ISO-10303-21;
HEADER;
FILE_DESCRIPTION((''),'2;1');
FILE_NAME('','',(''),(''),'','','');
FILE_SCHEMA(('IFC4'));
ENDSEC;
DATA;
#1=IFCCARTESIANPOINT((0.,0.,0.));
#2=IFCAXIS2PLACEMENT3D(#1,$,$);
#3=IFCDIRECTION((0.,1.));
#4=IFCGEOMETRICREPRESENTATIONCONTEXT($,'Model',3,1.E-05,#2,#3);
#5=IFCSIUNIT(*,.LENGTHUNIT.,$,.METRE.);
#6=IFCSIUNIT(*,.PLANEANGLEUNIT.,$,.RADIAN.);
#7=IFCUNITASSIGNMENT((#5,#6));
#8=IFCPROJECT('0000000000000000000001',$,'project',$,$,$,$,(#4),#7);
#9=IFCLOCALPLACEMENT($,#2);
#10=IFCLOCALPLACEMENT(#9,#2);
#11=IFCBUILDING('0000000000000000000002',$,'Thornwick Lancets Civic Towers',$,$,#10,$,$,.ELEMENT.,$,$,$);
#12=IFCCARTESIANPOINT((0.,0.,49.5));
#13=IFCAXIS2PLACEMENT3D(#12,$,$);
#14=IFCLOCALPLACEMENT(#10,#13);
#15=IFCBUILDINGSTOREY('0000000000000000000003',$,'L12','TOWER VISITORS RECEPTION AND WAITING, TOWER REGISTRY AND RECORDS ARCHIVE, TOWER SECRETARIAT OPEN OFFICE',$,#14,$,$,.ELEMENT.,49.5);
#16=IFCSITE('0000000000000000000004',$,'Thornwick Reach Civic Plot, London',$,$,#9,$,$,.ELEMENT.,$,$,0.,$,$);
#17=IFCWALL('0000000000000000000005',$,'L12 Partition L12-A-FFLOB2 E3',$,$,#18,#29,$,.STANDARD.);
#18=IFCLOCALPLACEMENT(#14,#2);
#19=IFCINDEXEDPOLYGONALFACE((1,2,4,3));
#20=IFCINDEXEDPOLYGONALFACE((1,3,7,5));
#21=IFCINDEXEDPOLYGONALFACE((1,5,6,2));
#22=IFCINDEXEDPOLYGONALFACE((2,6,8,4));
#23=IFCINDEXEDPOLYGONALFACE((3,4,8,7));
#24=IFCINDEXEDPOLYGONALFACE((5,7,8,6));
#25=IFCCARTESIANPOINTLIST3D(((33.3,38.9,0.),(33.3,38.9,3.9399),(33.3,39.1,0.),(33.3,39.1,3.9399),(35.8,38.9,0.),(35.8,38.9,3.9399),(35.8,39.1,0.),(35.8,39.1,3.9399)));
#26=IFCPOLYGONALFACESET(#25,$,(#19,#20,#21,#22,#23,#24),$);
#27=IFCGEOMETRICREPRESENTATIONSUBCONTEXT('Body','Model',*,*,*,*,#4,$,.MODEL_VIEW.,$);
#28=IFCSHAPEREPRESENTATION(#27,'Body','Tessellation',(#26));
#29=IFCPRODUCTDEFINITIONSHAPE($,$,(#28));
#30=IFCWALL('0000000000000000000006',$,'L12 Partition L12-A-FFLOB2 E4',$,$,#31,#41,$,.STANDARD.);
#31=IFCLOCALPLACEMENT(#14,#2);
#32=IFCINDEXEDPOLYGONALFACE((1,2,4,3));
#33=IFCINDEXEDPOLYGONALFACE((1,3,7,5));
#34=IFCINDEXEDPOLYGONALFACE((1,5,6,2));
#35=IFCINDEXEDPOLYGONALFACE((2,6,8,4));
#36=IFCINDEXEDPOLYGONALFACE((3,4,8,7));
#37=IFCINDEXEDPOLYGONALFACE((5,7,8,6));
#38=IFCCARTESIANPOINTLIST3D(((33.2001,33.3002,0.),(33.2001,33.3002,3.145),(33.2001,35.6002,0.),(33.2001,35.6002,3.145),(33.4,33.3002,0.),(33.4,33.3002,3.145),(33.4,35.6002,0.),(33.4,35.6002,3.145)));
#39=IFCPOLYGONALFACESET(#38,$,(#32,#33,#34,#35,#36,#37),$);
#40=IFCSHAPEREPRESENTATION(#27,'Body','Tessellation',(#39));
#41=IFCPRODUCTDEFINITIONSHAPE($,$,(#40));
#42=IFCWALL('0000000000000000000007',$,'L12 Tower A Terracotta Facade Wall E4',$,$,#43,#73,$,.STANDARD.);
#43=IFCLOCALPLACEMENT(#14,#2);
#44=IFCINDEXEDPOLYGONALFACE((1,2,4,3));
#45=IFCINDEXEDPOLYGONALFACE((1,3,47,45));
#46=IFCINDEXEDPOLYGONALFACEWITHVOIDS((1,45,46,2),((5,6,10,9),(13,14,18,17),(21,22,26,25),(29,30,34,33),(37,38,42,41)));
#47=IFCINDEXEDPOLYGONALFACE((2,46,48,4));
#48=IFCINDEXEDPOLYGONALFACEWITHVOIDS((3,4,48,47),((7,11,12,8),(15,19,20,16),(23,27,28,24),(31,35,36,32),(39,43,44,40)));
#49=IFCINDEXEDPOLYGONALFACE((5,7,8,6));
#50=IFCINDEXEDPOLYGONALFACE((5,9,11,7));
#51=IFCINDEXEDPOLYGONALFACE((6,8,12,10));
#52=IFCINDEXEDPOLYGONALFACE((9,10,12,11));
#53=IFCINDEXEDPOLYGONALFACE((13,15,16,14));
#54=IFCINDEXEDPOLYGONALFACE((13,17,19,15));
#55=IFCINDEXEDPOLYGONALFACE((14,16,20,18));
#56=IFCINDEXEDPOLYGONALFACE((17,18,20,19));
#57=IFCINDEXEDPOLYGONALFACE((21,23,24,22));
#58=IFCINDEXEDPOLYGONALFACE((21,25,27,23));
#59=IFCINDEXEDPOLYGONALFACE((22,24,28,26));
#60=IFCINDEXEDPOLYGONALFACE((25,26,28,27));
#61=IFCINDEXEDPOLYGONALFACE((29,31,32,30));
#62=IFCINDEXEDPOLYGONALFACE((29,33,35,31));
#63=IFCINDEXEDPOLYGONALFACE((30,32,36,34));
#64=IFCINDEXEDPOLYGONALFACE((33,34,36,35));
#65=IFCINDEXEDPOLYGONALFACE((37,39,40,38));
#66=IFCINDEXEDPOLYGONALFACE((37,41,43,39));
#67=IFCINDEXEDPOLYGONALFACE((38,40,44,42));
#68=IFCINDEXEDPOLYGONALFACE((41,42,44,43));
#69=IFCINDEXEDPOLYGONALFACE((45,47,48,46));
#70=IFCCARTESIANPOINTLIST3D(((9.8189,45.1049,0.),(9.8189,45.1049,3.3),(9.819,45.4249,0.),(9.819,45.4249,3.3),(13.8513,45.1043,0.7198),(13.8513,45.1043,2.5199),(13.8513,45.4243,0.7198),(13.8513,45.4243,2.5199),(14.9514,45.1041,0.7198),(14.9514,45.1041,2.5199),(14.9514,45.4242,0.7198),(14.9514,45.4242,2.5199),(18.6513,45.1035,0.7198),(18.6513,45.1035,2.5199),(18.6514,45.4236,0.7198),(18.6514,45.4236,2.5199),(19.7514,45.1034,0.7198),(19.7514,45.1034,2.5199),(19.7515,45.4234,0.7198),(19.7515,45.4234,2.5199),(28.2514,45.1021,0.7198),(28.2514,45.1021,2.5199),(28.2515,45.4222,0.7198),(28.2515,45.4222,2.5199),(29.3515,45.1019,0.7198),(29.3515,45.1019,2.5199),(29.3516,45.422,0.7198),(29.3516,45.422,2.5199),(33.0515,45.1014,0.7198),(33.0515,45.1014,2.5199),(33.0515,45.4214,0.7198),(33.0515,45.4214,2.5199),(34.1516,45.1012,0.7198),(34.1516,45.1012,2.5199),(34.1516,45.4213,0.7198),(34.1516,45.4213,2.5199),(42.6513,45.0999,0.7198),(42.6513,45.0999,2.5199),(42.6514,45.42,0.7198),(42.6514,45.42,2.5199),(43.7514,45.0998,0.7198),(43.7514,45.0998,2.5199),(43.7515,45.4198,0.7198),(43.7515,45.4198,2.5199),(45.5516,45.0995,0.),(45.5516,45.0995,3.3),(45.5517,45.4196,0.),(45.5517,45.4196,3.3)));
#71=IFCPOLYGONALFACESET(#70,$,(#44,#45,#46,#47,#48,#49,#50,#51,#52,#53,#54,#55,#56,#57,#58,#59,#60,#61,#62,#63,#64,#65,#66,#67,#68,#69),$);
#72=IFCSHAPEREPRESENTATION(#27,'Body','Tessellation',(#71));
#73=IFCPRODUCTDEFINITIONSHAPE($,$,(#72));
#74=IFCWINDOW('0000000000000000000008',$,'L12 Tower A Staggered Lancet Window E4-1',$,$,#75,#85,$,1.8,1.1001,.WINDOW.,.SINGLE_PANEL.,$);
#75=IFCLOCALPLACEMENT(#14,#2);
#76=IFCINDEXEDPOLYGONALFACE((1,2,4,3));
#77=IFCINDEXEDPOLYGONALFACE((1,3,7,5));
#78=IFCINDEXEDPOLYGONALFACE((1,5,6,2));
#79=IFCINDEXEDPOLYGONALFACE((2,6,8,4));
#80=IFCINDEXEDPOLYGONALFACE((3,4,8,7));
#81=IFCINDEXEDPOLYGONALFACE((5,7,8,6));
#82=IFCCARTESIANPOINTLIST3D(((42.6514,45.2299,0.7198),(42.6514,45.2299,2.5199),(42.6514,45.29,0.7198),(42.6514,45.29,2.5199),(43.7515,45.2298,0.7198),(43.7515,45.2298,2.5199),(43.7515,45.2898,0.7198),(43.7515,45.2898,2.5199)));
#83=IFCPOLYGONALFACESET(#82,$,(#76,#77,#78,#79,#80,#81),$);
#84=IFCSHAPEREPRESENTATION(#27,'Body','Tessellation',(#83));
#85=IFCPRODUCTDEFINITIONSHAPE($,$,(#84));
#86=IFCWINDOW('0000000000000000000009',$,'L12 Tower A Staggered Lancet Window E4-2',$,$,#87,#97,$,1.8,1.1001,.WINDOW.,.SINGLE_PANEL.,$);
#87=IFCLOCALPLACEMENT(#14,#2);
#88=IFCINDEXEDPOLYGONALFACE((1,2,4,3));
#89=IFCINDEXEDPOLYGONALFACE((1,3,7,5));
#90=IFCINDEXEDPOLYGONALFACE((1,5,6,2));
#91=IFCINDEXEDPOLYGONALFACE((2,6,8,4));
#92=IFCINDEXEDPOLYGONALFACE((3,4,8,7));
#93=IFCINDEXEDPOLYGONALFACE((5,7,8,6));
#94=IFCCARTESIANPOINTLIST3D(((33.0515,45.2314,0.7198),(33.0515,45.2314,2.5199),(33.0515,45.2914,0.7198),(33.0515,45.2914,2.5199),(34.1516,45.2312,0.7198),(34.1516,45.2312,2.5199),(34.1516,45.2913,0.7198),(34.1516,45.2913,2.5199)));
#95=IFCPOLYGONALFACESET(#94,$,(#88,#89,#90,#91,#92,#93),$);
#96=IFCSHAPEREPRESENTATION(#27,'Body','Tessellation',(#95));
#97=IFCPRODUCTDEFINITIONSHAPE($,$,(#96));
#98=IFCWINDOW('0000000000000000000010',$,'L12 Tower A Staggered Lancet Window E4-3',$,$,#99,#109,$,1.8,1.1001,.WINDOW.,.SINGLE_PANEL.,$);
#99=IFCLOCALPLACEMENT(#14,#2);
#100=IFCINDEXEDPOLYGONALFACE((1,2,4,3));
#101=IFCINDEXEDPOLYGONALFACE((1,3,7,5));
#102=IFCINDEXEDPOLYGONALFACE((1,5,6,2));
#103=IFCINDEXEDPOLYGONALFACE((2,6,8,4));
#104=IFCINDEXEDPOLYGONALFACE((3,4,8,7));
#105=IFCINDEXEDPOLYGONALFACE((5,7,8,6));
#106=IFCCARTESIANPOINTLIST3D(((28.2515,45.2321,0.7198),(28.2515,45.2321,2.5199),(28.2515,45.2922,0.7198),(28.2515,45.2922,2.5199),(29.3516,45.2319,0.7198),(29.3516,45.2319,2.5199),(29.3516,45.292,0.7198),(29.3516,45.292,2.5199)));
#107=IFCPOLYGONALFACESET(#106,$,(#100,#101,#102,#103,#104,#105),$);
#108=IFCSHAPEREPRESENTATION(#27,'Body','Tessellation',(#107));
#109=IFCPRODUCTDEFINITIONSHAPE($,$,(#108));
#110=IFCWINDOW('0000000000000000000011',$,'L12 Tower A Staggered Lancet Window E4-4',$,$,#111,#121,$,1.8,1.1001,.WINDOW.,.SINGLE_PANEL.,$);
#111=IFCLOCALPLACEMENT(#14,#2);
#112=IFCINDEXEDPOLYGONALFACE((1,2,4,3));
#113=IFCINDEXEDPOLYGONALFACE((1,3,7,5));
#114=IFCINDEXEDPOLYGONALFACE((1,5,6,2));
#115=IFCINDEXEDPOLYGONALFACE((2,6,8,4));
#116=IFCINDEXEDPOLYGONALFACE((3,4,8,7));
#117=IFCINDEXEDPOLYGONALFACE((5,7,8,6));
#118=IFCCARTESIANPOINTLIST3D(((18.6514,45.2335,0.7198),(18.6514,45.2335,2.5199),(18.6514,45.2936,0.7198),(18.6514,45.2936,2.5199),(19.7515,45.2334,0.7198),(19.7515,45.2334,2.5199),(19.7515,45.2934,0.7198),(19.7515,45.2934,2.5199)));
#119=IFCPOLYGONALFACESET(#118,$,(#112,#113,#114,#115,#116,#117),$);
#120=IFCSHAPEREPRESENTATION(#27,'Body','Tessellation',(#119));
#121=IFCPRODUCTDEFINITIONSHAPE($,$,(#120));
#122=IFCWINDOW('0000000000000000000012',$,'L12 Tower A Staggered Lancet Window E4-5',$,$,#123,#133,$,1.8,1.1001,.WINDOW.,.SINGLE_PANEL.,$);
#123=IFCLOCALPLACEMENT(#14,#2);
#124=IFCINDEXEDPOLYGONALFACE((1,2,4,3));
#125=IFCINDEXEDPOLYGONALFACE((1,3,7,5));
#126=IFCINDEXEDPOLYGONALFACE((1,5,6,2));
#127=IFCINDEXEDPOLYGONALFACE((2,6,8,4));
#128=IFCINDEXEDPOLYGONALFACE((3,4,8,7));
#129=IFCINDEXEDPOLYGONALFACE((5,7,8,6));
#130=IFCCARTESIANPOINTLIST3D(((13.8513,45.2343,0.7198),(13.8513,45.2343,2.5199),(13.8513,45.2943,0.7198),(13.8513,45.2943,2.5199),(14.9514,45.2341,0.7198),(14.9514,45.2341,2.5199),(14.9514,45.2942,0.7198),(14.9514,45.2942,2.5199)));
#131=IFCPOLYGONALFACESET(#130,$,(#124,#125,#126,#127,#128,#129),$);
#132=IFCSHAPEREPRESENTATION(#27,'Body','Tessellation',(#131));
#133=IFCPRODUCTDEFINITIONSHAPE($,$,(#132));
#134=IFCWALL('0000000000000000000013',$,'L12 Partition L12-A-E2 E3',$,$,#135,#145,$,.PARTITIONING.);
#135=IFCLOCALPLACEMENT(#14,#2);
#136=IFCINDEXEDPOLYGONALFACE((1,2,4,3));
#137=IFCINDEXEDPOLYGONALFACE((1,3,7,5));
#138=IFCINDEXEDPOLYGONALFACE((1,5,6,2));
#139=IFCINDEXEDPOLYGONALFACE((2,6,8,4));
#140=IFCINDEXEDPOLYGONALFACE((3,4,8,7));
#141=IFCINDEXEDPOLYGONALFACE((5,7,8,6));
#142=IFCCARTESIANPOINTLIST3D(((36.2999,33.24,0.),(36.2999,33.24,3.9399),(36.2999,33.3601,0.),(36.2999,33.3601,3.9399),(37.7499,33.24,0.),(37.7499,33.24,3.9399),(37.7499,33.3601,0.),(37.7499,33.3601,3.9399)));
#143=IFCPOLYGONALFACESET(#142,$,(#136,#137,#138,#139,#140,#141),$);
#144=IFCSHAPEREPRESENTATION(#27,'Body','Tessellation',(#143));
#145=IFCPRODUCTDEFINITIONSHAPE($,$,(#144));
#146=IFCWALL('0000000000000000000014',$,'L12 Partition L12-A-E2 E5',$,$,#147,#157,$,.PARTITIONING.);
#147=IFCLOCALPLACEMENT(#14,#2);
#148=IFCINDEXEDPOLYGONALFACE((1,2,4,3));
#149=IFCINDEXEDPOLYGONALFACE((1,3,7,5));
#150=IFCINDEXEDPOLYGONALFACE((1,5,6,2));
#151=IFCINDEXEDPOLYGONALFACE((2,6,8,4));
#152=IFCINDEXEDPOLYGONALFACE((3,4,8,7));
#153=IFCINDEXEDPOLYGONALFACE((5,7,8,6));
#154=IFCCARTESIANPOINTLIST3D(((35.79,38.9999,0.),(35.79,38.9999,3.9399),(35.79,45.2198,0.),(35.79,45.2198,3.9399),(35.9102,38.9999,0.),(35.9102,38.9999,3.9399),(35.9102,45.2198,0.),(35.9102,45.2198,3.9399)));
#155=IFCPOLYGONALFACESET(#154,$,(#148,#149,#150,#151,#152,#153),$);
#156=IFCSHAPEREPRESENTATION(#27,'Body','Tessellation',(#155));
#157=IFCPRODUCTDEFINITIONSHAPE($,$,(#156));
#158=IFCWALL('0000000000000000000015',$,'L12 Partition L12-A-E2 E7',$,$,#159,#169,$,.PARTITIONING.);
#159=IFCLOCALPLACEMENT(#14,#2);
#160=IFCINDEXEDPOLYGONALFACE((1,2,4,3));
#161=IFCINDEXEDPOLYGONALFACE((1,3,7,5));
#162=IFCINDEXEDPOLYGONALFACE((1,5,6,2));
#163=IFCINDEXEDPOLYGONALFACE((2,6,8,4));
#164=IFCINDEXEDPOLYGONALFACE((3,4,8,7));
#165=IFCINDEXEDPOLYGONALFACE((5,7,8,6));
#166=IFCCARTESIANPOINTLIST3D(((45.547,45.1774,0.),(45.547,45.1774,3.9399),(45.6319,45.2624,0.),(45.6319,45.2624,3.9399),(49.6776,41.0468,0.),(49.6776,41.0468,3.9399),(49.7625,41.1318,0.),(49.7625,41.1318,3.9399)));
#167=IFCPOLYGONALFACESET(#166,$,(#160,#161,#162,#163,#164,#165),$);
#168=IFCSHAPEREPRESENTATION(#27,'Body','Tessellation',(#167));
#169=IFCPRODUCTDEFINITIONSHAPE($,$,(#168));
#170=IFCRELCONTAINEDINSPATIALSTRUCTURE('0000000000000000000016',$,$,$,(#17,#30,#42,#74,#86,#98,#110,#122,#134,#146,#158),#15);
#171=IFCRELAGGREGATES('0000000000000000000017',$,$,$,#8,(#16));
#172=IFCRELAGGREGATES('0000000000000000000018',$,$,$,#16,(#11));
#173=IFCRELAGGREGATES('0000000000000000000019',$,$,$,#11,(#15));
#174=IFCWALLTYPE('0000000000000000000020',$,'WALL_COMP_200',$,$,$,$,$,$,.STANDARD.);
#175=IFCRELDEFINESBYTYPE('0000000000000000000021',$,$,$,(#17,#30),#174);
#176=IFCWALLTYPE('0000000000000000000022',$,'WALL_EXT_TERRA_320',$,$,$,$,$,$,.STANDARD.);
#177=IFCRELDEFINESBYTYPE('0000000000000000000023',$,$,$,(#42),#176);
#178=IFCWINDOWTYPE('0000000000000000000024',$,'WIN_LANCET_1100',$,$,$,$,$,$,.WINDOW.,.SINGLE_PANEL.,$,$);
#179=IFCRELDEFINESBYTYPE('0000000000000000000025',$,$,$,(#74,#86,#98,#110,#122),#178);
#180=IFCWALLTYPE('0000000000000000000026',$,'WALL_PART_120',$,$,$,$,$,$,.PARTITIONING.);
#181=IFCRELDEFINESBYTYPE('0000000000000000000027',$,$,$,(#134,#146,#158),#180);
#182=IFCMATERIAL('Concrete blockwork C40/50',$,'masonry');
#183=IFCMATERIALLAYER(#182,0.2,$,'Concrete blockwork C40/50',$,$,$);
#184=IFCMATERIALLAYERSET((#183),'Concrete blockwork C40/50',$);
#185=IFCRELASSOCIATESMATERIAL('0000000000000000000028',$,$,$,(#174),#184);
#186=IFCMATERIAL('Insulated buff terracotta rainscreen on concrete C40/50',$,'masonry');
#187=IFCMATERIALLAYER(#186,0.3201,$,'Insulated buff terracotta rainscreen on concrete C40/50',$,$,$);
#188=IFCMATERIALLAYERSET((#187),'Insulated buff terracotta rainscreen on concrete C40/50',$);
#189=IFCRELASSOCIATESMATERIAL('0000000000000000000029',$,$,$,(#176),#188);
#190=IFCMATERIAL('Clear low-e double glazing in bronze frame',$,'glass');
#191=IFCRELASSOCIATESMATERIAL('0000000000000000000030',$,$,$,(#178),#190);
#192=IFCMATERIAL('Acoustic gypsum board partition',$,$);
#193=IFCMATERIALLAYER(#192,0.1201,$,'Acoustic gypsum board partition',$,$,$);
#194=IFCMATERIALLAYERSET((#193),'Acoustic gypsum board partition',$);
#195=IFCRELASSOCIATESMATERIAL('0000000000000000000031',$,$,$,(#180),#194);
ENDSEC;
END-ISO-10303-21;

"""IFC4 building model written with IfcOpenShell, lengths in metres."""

from ifc_helpers import new_model, si_unit, direction, frame, frame_2d, origin, place, context, subcontext, project, spatial, rectangle, extrude, material, layer, layer_set, type_object, element, fill, save


model = new_model("IFC4")

# Units and contexts
model_context = context("Model", 3, precision=1e-05, world=origin(), true_north=direction((0.0, 1.0)))
body_context = subcontext(model_context, "Body", "Model", "MODEL_VIEW")
ifc_project = project(units=[si_unit("LENGTHUNIT", "METRE"), si_unit("PLANEANGLEUNIT", "RADIAN")], contexts=[model_context])

# Site, building, storey
site_placement = place(None, origin())
site = spatial("IfcSite", under=ifc_project, at=site_placement, Name="Thornwick Reach Civic Plot, London", CompositionType="ELEMENT", RefElevation=0.0)
building_placement = place(site_placement, origin())
building = spatial("IfcBuilding", under=site, at=building_placement, Name="Thornwick Lancets Civic Towers", CompositionType="ELEMENT")
storey_placement = place(building_placement, frame((0.0, 0.0, 49.5)))
storey = spatial("IfcBuildingStorey", under=building, at=storey_placement, Name="L12", Description="TOWER VISITORS RECEPTION AND WAITING, TOWER REGISTRY AND RECORDS ARCHIVE, TOWER SECRETARIAT OPEN OFFICE", CompositionType="ELEMENT", Elevation=49.5)

# Walls
ifc_material_1 = material(Name="Concrete blockwork C40/50", Category="masonry")
ifc_layer_1 = layer(ifc_material_1, 0.2, Name="Concrete blockwork C40/50")
ifc_layer_set_1 = layer_set([ifc_layer_1], Name="Concrete blockwork C40/50")
wall_type_1 = type_object("IfcWallType", Name="WALL_COMP_200", PredefinedType="STANDARD", material=ifc_layer_set_1)
wall_1_placement = place(storey_placement, frame((35.8, 39.0, 0.0), z_axis=(0.0, 0.0, 1.0), x_axis=(-1.0, 0.0, 0.0)))
element("IfcWall", 1, at=wall_1_placement, inside=storey, type_object=wall_type_1, Name="L12 Partition L12-A-FFLOB2 E3", PredefinedType="STANDARD", context=body_context, shape_type="SweptSolid", body=[
    extrude(rectangle(XDim=2.5, YDim=0.2, at=frame_2d((1.25, 0.0))), origin(), (0.0, 0.0, 1.0), 3.9399),
])
wall_2_placement = place(storey_placement, frame((33.3, 35.6001, 0.0), z_axis=(0.0, 0.0, 1.0), x_axis=(0.0, -1.0, 0.0)))
element("IfcWall", 2, at=wall_2_placement, inside=storey, type_object=wall_type_1, Name="L12 Partition L12-A-FFLOB2 E4", PredefinedType="STANDARD", context=body_context, shape_type="SweptSolid", body=[
    extrude(rectangle(XDim=2.3, YDim=0.2, at=frame_2d((1.1499, 0.0))), origin(), (0.0, 0.0, 1.0), 3.145),
])

# Wall, openings, windows
ifc_material_2 = material(Name="Insulated buff terracotta rainscreen on concrete C40/50", Category="masonry")
ifc_layer_2 = layer(ifc_material_2, 0.3201, Name="Insulated buff terracotta rainscreen on concrete C40/50")
ifc_layer_set_2 = layer_set([ifc_layer_2], Name="Insulated buff terracotta rainscreen on concrete C40/50")
wall_type_2 = type_object("IfcWallType", Name="WALL_EXT_TERRA_320", PredefinedType="STANDARD", material=ifc_layer_set_2)
wall_3_placement = place(storey_placement, frame((45.5515, 45.2595, 0.0), z_axis=(0.0, 0.0, 1.0), x_axis=(-1.0, 0.00015, 0.0)))
wall_3 = element("IfcWall", 3, at=wall_3_placement, inside=storey, type_object=wall_type_2, Name="L12 Tower A Terracotta Facade Wall E4", PredefinedType="STANDARD", context=body_context, shape_type="SweptSolid", body=[
    extrude(rectangle(XDim=35.7327, YDim=0.3201, at=frame_2d((17.8662, 0.0))), origin(), (0.0, 0.0, 1.0), 3.3),
])
opening_1_placement = place(wall_3_placement, frame((1.8, 0.0, 0.72)))
opening_1 = element("IfcOpeningElement", 4, at=opening_1_placement, cuts=wall_3, PredefinedType="OPENING", context=body_context, shape_type="SweptSolid", body=[
    extrude(rectangle(XDim=1.1001, YDim=1.8, at=frame_2d((0.55, 0.8999))), frame((0.0, 0.1699, 0.0), z_axis=(0.0, -1.0, 0.0), x_axis=(1.0, 0.0, 0.0)), (0.0, 0.0, 1.0), 0.3401),
])
opening_2_placement = place(wall_3_placement, frame((11.3999, 0.0, 0.72)))
opening_2 = element("IfcOpeningElement", 5, at=opening_2_placement, cuts=wall_3, PredefinedType="OPENING", context=body_context, shape_type="SweptSolid", body=[
    extrude(rectangle(XDim=1.1001, YDim=1.8, at=frame_2d((0.55, 0.8999))), frame((0.0, 0.1699, 0.0), z_axis=(0.0, -1.0, 0.0), x_axis=(1.0, 0.0, 0.0)), (0.0, 0.0, 1.0), 0.3401),
])
opening_3_placement = place(wall_3_placement, frame((16.2, 0.0, 0.72)))
opening_3 = element("IfcOpeningElement", 6, at=opening_3_placement, cuts=wall_3, PredefinedType="OPENING", context=body_context, shape_type="SweptSolid", body=[
    extrude(rectangle(XDim=1.1001, YDim=1.8, at=frame_2d((0.55, 0.8999))), frame((0.0, 0.1699, 0.0), z_axis=(0.0, -1.0, 0.0), x_axis=(1.0, 0.0, 0.0)), (0.0, 0.0, 1.0), 0.3401),
])
opening_4_placement = place(wall_3_placement, frame((25.8, 0.0, 0.72)))
opening_4 = element("IfcOpeningElement", 7, at=opening_4_placement, cuts=wall_3, PredefinedType="OPENING", context=body_context, shape_type="SweptSolid", body=[
    extrude(rectangle(XDim=1.1001, YDim=1.8, at=frame_2d((0.55, 0.8999))), frame((0.0, 0.1699, 0.0), z_axis=(0.0, -1.0, 0.0), x_axis=(1.0, 0.0, 0.0)), (0.0, 0.0, 1.0), 0.3401),
])
opening_5_placement = place(wall_3_placement, frame((30.6001, 0.0, 0.72)))
opening_5 = element("IfcOpeningElement", 8, at=opening_5_placement, cuts=wall_3, PredefinedType="OPENING", context=body_context, shape_type="SweptSolid", body=[
    extrude(rectangle(XDim=1.1001, YDim=1.8, at=frame_2d((0.55, 0.8999))), frame((0.0, 0.1699, 0.0), z_axis=(0.0, -1.0, 0.0), x_axis=(1.0, 0.0, 0.0)), (0.0, 0.0, 1.0), 0.3401),
])
ifc_material_3 = material(Name="Clear low-e double glazing in bronze frame", Category="glass")
window_type = type_object("IfcWindowType", Name="WIN_LANCET_1100", PartitioningType="SINGLE_PANEL", PredefinedType="WINDOW", material=ifc_material_3)
window_1_placement = place(opening_1_placement, origin())
window_1 = element("IfcWindow", 9, at=window_1_placement, inside=storey, type_object=window_type, Name="L12 Tower A Staggered Lancet Window E4-1", OverallHeight=1.8, OverallWidth=1.1001, PartitioningType="SINGLE_PANEL", PredefinedType="WINDOW", context=body_context, shape_type="SweptSolid", body=[
    extrude(rectangle(XDim=1.1001, YDim=1.8, at=frame_2d((0.55, 0.8999))), frame((0.0, 0.03, 0.0), z_axis=(0.0, -1.0, 0.0), x_axis=(1.0, 0.0, 0.0)), (0.0, 0.0, 1.0), 0.0601),
])
fill(opening_1, window_1)
window_2_placement = place(opening_2_placement, origin())
window_2 = element("IfcWindow", 10, at=window_2_placement, inside=storey, type_object=window_type, Name="L12 Tower A Staggered Lancet Window E4-2", OverallHeight=1.8, OverallWidth=1.1001, PartitioningType="SINGLE_PANEL", PredefinedType="WINDOW", context=body_context, shape_type="SweptSolid", body=[
    extrude(rectangle(XDim=1.1001, YDim=1.8, at=frame_2d((0.55, 0.8999))), frame((0.0, 0.03, 0.0), z_axis=(0.0, -1.0, 0.0), x_axis=(1.0, 0.0, 0.0)), (0.0, 0.0, 1.0), 0.0601),
])
fill(opening_2, window_2)
window_3_placement = place(opening_3_placement, origin())
window_3 = element("IfcWindow", 11, at=window_3_placement, inside=storey, type_object=window_type, Name="L12 Tower A Staggered Lancet Window E4-3", OverallHeight=1.8, OverallWidth=1.1001, PartitioningType="SINGLE_PANEL", PredefinedType="WINDOW", context=body_context, shape_type="SweptSolid", body=[
    extrude(rectangle(XDim=1.1001, YDim=1.8, at=frame_2d((0.55, 0.8999))), frame((0.0, 0.03, 0.0), z_axis=(0.0, -1.0, 0.0), x_axis=(1.0, 0.0, 0.0)), (0.0, 0.0, 1.0), 0.0601),
])
fill(opening_3, window_3)
window_4_placement = place(opening_4_placement, origin())
window_4 = element("IfcWindow", 12, at=window_4_placement, inside=storey, type_object=window_type, Name="L12 Tower A Staggered Lancet Window E4-4", OverallHeight=1.8, OverallWidth=1.1001, PartitioningType="SINGLE_PANEL", PredefinedType="WINDOW", context=body_context, shape_type="SweptSolid", body=[
    extrude(rectangle(XDim=1.1001, YDim=1.8, at=frame_2d((0.55, 0.8999))), frame((0.0, 0.03, 0.0), z_axis=(0.0, -1.0, 0.0), x_axis=(1.0, 0.0, 0.0)), (0.0, 0.0, 1.0), 0.0601),
])
fill(opening_4, window_4)
window_5_placement = place(opening_5_placement, origin())
window_5 = element("IfcWindow", 13, at=window_5_placement, inside=storey, type_object=window_type, Name="L12 Tower A Staggered Lancet Window E4-5", OverallHeight=1.8, OverallWidth=1.1001, PartitioningType="SINGLE_PANEL", PredefinedType="WINDOW", context=body_context, shape_type="SweptSolid", body=[
    extrude(rectangle(XDim=1.1001, YDim=1.8, at=frame_2d((0.55, 0.8999))), frame((0.0, 0.03, 0.0), z_axis=(0.0, -1.0, 0.0), x_axis=(1.0, 0.0, 0.0)), (0.0, 0.0, 1.0), 0.0601),
])
fill(opening_5, window_5)

# Walls
ifc_material_4 = material(Name="Acoustic gypsum board partition")
ifc_layer_3 = layer(ifc_material_4, 0.1201, Name="Acoustic gypsum board partition")
ifc_layer_set_3 = layer_set([ifc_layer_3], Name="Acoustic gypsum board partition")
wall_type_3 = type_object("IfcWallType", Name="WALL_PART_120", PredefinedType="PARTITIONING", material=ifc_layer_set_3)
wall_4_placement = place(storey_placement, frame((37.75, 33.3, 0.0), z_axis=(0.0, 0.0, 1.0), x_axis=(-1.0, 0.0, 0.0)))
element("IfcWall", 14, at=wall_4_placement, inside=storey, type_object=wall_type_3, Name="L12 Partition L12-A-E2 E3", PredefinedType="PARTITIONING", context=body_context, shape_type="SweptSolid", body=[
    extrude(rectangle(XDim=1.45, YDim=0.1201, at=frame_2d((0.7251, 0.0))), origin(), (0.0, 0.0, 1.0), 3.9399),
])
wall_5_placement = place(storey_placement, frame((35.8501, 39.0, 0.0), z_axis=(0.0, 0.0, 1.0), x_axis=(0.0, 1.0, 0.0)))
element("IfcWall", 15, at=wall_5_placement, inside=storey, type_object=wall_type_3, Name="L12 Partition L12-A-E2 E5", PredefinedType="PARTITIONING", context=body_context, shape_type="SweptSolid", body=[
    extrude(rectangle(XDim=6.22, YDim=0.1201, at=frame_2d((3.1099, 0.0))), origin(), (0.0, 0.0, 1.0), 3.9399),
])
wall_6_placement = place(storey_placement, frame((45.5894, 45.22, 0.0), z_axis=(0.0, 0.0, 1.0), x_axis=(0.707107, -0.707107, 0.0)))
element("IfcWall", 16, at=wall_6_placement, inside=storey, type_object=wall_type_3, Name="L12 Partition L12-A-E2 E7", PredefinedType="PARTITIONING", context=body_context, shape_type="SweptSolid", body=[
    extrude(rectangle(XDim=5.8416, YDim=0.1201, at=frame_2d((2.9209, 0.0))), origin(), (0.0, 0.0, 1.0), 3.9399),
])

save(model, "model.ifc")
